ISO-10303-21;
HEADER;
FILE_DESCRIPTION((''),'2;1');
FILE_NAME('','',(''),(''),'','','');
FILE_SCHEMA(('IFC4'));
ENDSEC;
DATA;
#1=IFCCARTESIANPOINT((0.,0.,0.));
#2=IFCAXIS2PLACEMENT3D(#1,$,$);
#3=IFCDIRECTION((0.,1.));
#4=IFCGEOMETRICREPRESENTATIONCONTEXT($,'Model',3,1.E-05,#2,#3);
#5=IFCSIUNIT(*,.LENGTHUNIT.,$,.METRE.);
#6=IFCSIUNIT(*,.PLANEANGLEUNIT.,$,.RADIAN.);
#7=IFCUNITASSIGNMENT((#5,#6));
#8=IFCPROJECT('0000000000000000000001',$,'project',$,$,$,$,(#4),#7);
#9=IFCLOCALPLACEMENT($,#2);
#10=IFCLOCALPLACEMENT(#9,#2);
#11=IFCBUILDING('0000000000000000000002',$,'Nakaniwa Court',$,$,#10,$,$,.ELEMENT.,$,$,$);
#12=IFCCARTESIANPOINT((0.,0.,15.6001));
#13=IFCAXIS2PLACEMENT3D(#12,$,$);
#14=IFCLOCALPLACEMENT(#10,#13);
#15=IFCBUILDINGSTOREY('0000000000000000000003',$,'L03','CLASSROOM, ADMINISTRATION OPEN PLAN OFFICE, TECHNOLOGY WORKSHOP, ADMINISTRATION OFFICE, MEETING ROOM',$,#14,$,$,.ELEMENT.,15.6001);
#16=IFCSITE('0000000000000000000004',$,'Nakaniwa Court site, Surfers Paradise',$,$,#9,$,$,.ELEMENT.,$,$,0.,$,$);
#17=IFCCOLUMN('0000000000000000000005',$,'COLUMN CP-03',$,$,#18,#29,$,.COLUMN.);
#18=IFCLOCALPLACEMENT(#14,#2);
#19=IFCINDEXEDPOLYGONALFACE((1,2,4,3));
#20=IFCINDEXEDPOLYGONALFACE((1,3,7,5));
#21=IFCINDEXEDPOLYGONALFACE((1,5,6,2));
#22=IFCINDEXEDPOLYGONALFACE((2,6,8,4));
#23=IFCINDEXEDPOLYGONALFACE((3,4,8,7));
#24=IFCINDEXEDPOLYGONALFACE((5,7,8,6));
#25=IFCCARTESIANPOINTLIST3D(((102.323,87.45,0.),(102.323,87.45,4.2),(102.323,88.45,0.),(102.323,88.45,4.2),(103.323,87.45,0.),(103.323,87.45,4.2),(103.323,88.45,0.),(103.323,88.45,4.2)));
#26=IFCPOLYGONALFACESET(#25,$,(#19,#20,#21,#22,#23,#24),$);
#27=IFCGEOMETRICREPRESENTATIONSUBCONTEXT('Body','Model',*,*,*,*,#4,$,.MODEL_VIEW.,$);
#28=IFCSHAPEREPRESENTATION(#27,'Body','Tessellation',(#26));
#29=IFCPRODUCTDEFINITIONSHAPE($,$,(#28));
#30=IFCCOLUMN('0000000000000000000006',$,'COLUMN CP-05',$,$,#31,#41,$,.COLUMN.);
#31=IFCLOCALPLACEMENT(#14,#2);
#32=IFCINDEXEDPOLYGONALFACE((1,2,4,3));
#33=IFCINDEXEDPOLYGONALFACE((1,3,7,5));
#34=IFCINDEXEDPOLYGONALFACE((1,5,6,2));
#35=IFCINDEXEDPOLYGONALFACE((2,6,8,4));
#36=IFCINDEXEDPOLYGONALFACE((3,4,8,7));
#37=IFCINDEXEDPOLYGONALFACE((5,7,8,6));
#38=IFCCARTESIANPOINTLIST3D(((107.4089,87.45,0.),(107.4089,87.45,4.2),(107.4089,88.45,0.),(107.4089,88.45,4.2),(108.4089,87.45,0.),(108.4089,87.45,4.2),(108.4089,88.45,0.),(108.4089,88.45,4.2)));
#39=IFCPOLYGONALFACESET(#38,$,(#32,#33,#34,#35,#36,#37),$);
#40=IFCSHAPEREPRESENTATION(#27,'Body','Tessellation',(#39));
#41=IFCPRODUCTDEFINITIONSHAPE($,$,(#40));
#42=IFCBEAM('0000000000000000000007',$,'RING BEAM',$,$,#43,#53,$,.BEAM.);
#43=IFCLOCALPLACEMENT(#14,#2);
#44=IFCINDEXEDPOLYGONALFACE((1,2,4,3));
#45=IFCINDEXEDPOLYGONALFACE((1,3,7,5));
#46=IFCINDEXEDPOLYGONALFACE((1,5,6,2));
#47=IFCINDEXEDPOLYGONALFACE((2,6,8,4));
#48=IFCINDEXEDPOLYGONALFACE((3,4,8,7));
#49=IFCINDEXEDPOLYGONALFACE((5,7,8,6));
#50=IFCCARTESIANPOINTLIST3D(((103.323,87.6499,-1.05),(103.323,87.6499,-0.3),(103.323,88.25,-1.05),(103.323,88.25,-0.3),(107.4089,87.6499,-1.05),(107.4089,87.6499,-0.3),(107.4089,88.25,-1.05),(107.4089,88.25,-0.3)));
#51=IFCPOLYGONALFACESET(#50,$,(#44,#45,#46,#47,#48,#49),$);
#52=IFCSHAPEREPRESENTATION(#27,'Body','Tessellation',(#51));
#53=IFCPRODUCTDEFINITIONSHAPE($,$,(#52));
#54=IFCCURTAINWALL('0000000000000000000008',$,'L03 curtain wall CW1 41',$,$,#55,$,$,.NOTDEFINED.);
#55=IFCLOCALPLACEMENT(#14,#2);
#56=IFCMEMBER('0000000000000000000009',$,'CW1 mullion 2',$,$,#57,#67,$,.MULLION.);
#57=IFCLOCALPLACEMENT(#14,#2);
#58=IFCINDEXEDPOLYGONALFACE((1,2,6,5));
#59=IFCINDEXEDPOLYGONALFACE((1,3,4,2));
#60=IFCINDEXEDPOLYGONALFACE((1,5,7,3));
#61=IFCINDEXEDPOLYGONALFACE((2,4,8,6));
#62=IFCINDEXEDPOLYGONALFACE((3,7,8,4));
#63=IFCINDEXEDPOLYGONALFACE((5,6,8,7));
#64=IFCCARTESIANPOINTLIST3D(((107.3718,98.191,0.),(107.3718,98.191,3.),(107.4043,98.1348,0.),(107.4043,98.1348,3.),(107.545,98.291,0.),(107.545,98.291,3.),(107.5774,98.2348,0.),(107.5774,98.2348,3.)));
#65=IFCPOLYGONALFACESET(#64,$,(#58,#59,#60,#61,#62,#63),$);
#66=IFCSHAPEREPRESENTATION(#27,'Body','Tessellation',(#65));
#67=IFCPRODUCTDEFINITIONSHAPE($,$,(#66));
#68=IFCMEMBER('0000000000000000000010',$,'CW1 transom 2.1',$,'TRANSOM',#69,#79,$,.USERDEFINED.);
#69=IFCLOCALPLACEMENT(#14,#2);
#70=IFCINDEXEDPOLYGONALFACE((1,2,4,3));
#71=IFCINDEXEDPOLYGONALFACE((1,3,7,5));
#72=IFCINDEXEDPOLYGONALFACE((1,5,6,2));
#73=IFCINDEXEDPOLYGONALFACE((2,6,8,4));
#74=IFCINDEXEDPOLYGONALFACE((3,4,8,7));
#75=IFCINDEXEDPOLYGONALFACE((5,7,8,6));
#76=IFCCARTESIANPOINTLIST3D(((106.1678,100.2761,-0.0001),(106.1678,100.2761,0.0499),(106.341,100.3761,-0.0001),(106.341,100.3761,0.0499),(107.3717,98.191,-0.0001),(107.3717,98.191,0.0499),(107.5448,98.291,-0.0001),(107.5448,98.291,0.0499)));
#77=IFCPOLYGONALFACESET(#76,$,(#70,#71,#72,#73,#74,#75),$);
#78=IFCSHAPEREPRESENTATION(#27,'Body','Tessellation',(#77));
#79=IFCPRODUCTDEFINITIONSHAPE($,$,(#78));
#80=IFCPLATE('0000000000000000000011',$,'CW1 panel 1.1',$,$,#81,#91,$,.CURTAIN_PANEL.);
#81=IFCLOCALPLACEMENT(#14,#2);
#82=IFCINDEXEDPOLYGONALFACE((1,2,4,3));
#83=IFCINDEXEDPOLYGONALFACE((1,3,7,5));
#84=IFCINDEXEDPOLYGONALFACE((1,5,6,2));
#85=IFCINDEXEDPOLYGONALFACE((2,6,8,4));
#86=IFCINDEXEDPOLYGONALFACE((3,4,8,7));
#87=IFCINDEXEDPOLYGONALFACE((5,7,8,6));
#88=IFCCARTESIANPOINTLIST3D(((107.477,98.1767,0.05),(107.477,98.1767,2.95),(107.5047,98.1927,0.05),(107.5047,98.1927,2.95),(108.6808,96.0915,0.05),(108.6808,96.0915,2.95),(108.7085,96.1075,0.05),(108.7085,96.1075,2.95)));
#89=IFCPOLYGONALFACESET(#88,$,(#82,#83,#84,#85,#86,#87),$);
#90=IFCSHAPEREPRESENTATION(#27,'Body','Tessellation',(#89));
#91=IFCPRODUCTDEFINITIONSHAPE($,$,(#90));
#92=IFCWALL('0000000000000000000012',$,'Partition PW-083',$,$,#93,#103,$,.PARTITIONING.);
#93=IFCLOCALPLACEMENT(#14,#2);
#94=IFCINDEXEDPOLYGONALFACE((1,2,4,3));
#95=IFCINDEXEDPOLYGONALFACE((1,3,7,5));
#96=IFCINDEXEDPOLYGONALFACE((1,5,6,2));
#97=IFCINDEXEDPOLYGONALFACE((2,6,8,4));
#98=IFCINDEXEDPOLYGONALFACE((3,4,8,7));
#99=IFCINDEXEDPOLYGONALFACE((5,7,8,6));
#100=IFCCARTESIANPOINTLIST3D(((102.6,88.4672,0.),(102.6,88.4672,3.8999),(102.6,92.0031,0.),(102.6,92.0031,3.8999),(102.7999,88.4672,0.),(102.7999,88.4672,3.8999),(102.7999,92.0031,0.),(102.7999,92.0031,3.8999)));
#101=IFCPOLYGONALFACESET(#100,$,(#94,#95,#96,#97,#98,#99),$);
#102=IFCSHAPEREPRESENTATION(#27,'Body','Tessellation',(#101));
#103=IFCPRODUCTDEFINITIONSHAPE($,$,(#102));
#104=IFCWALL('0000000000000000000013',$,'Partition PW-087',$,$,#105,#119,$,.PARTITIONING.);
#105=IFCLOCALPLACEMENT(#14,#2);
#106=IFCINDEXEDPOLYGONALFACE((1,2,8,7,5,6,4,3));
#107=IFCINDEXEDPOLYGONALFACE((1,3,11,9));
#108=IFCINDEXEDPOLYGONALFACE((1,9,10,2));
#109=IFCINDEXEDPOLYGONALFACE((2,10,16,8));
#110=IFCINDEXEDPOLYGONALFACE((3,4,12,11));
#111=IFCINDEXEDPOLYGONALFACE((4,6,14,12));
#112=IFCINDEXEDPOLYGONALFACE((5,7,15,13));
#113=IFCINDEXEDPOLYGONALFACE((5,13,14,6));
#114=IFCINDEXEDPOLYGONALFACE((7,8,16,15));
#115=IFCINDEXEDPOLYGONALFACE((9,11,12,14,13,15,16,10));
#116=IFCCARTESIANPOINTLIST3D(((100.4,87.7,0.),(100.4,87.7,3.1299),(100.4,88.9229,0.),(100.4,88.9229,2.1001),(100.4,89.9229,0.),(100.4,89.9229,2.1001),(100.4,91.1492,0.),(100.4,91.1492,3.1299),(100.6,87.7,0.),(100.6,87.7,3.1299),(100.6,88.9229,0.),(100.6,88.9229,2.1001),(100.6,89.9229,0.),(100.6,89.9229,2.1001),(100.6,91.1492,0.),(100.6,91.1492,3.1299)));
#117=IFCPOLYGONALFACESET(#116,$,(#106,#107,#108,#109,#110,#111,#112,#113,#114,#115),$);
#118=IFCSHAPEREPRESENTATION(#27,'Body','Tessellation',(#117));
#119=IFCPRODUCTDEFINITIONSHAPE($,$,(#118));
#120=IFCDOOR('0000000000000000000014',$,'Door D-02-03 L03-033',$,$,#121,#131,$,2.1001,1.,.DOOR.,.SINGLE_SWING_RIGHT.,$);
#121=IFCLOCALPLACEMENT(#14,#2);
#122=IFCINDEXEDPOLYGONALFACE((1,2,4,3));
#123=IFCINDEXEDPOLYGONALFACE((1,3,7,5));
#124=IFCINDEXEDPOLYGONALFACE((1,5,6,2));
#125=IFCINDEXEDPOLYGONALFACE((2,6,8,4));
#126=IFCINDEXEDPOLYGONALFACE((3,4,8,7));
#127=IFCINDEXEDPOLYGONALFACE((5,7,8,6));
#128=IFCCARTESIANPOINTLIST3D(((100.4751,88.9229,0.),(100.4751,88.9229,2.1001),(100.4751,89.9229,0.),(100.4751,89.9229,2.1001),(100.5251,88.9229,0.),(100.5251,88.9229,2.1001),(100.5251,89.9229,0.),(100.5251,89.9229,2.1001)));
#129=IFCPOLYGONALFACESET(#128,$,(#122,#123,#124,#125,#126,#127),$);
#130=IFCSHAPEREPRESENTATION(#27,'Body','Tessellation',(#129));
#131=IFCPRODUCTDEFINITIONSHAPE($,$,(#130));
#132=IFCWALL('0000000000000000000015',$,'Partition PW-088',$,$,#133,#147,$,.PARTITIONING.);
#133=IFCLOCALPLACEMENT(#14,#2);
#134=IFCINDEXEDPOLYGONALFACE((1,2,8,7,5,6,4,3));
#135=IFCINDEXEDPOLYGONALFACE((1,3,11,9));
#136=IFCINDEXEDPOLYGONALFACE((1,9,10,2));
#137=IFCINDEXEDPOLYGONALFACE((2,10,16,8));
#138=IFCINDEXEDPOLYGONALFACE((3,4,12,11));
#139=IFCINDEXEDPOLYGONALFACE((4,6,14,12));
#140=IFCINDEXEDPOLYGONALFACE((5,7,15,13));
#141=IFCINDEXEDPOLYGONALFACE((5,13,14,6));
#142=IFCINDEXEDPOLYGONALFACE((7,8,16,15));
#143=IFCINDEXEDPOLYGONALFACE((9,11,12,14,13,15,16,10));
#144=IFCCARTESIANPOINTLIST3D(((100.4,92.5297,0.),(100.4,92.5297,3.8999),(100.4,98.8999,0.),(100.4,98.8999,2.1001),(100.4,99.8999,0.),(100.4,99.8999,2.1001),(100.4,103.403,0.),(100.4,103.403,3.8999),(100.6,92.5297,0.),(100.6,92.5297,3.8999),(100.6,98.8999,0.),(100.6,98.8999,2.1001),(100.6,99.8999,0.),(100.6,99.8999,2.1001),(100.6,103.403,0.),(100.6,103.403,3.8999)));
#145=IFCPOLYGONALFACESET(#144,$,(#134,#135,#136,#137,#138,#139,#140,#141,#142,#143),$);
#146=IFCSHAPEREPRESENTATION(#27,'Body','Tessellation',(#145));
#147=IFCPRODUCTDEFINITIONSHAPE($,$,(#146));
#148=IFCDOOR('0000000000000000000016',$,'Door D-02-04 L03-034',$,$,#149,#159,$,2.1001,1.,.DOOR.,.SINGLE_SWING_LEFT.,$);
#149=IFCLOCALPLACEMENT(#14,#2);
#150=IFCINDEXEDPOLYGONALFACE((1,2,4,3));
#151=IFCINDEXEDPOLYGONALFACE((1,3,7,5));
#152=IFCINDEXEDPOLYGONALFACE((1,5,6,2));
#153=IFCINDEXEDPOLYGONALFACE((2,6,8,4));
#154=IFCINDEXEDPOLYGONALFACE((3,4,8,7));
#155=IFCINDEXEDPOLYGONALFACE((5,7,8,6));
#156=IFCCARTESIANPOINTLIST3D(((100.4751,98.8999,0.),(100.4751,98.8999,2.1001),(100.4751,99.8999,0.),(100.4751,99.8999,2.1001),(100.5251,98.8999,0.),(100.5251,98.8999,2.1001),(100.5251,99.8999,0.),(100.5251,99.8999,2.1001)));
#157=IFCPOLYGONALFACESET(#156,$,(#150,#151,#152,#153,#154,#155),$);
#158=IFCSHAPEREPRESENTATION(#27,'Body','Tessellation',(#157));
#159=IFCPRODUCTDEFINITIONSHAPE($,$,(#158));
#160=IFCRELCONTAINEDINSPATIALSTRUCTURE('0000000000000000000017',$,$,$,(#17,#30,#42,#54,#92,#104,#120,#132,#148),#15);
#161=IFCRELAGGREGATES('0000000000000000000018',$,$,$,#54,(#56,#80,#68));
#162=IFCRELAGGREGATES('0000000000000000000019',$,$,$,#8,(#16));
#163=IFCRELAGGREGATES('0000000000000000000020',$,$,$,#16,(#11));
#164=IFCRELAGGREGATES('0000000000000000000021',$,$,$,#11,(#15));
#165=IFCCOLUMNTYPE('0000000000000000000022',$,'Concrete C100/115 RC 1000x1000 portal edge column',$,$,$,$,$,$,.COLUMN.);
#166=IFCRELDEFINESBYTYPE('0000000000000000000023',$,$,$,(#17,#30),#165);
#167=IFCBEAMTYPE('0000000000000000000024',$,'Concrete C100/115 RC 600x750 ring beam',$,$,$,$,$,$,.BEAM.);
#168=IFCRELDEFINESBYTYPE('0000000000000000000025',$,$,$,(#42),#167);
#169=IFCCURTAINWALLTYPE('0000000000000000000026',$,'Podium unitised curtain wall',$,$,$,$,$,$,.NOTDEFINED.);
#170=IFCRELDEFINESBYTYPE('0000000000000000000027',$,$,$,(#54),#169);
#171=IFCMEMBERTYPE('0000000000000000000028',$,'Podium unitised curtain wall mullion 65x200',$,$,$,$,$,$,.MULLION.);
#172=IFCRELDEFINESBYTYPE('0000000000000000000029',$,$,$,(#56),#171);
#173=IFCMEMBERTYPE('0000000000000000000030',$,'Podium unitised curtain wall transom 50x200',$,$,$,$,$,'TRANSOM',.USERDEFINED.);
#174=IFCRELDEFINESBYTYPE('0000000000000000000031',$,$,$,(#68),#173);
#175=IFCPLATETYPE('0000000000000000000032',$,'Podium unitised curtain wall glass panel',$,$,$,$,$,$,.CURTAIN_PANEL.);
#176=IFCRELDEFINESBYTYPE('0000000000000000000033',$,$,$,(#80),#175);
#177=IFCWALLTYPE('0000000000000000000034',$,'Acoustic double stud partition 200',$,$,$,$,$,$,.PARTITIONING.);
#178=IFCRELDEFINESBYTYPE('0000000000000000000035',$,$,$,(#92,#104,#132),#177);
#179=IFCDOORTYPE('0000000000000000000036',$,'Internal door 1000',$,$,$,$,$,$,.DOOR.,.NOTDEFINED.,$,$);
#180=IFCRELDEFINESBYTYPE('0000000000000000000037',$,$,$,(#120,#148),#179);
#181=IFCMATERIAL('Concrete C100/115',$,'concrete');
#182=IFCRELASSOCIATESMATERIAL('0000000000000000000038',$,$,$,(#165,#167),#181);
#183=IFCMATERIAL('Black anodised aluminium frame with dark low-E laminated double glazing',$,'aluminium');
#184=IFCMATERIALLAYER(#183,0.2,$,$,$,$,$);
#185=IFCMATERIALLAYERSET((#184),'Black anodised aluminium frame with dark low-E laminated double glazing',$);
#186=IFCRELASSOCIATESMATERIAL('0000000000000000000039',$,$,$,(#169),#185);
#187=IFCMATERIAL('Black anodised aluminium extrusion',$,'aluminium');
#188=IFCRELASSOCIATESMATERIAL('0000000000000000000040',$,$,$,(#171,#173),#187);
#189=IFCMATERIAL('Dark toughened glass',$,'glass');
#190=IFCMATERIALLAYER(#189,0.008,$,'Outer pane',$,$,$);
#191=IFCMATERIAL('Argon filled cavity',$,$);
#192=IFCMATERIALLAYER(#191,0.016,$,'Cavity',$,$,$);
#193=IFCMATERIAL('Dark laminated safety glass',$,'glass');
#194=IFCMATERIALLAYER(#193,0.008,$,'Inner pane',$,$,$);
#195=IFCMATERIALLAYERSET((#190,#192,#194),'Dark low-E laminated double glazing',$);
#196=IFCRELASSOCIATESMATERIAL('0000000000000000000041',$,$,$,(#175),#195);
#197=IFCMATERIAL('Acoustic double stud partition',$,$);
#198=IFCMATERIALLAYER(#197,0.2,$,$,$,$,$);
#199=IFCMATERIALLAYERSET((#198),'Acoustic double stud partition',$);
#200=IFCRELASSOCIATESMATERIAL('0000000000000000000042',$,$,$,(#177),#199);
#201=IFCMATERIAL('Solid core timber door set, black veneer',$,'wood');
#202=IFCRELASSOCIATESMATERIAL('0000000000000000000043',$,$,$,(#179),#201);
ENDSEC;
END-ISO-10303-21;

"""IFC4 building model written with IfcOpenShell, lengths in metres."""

from ifc_helpers import new_model, si_unit, direction, frame, frame_2d, origin, origin_2d, place, context, subcontext, project, spatial, rectangle, extrude, material, layer, layer_set, material_profile, profile_set, type_object, element, fill, aggregate, save


model = new_model("IFC4")

# Units and contexts
model_context = context("Model", 3, precision=1e-05, world=origin(), true_north=direction((0.0, 1.0)))
body_context = subcontext(model_context, "Body", "Model", "MODEL_VIEW")
ifc_project = project(units=[si_unit("LENGTHUNIT", "METRE"), si_unit("PLANEANGLEUNIT", "RADIAN")], contexts=[model_context])

# Site, building, storey
site_placement = place(None, origin())
site = spatial("IfcSite", under=ifc_project, at=site_placement, Name="Nakaniwa Court site, Surfers Paradise", CompositionType="ELEMENT", RefElevation=0.0)
building_placement = place(site_placement, origin())
building = spatial("IfcBuilding", under=site, at=building_placement, Name="Nakaniwa Court", CompositionType="ELEMENT")
storey_placement = place(building_placement, frame((0.0, 0.0, 15.6001)))
storey = spatial("IfcBuildingStorey", under=building, at=storey_placement, Name="L03", Description="CLASSROOM, ADMINISTRATION OPEN PLAN OFFICE, TECHNOLOGY WORKSHOP, ADMINISTRATION OFFICE, MEETING ROOM", CompositionType="ELEMENT", Elevation=15.6001)

# Columns
ifc_material_1 = material(Name="Concrete C100/115", Category="concrete")
ifc_material_profile_1 = material_profile(ifc_material_1, rectangle(XDim=1.0, YDim=1.0, at=origin_2d()), Name="Concrete C100/115 RC 1000x1000 portal edge column")
ifc_profile_set_1 = profile_set([ifc_material_profile_1], Name="Concrete C100/115")
column_type = type_object("IfcColumnType", Name="Concrete C100/115 RC 1000x1000 portal edge column", PredefinedType="COLUMN", material=ifc_profile_set_1)
for number, where, z_axis, x_axis, name in (
    (1, (102.823, 87.95, 0.0), (0.0, 0.0, 1.0), (1.0, 0.0, 0.0), "COLUMN CP-03"),
    (2, (107.9089, 87.95, 0.0), (0.0, 0.0, 1.0), (1.0, 0.0, 0.0), "COLUMN CP-05"),
):
    element("IfcColumn", number, at=place(storey_placement, frame(where, z_axis=z_axis, x_axis=x_axis)), inside=storey, type_object=column_type, Name=name, PredefinedType="COLUMN", context=body_context, shape_type="SweptSolid", body=[
        extrude(rectangle(XDim=1.0, YDim=1.0, at=origin_2d()), origin(), (0.0, 0.0, 1.0), 4.2),
    ])

# Beam
ifc_material_profile_2 = material_profile(ifc_material_1, rectangle(XDim=0.6001, YDim=0.75, at=origin_2d()), Name="Concrete C100/115 RC 600x750 ring beam")
ifc_profile_set_2 = profile_set([ifc_material_profile_2], Name="Concrete C100/115")
beam_type = type_object("IfcBeamType", Name="Concrete C100/115 RC 600x750 ring beam", PredefinedType="BEAM", material=ifc_profile_set_2)
beam_placement = place(storey_placement, frame((103.323, 87.95, -0.675), z_axis=(1.0, 0.0, 0.0), x_axis=(0.0, 1.0, 0.0)))
element("IfcBeam", 3, at=beam_placement, inside=storey, type_object=beam_type, Name="RING BEAM", PredefinedType="BEAM", context=body_context, shape_type="SweptSolid", body=[
    extrude(rectangle(XDim=0.6001, YDim=0.75, at=origin_2d()), origin(), (0.0, 0.0, 1.0), 4.0859),
])

# Curtain wall, members, plate
ifc_material_2 = material(Name="Black anodised aluminium frame with dark low-E laminated double glazing", Category="aluminium")
ifc_layer_1 = layer(ifc_material_2, 0.2)
ifc_layer_set_1 = layer_set([ifc_layer_1], Name="Black anodised aluminium frame with dark low-E laminated double glazing")
curtain_wall_type = type_object("IfcCurtainWallType", Name="Podium unitised curtain wall", PredefinedType="NOTDEFINED", material=ifc_layer_set_1)
curtain_wall_placement = place(storey_placement, origin())
curtain_wall = element("IfcCurtainWall", 4, at=curtain_wall_placement, inside=storey, type_object=curtain_wall_type, Name="L03 curtain wall CW1 41", PredefinedType="NOTDEFINED")
ifc_material_3 = material(Name="Black anodised aluminium extrusion", Category="aluminium")
ifc_material_profile_3 = material_profile(ifc_material_3, rectangle(XDim=0.2, YDim=0.0649, at=origin_2d()), Name="Podium unitised curtain wall mullion 65x200")
ifc_profile_set_3 = profile_set([ifc_material_profile_3], Name="Black anodised aluminium extrusion")
member_type_1 = type_object("IfcMemberType", Name="Podium unitised curtain wall mullion 65x200", PredefinedType="MULLION", material=ifc_profile_set_3)
member_1_placement = place(storey_placement, frame((107.4746, 98.2129, 0.0), z_axis=(0.0, 0.0, 1.0), x_axis=(-0.866029, -0.499994, 0.0)))
member_1 = element("IfcMember", 5, at=member_1_placement, type_object=member_type_1, Name="CW1 mullion 2", PredefinedType="MULLION", context=body_context, shape_type="SweptSolid", body=[
    extrude(rectangle(XDim=0.2, YDim=0.0649, at=origin_2d()), origin(), (0.0, 0.0, 1.0), 3.0),
])
ifc_material_profile_4 = material_profile(ifc_material_3, rectangle(XDim=0.2, YDim=0.05, at=origin_2d()), Name="Podium unitised curtain wall transom 50x200")
ifc_profile_set_4 = profile_set([ifc_material_profile_4], Name="Black anodised aluminium extrusion")
member_type_2 = type_object("IfcMemberType", Name="Podium unitised curtain wall transom 50x200", ElementType="TRANSOM", PredefinedType="USERDEFINED", material=ifc_profile_set_4)
member_2_placement = place(storey_placement, frame((107.4583, 98.241, 0.0249), z_axis=(-0.499989, 0.866032, 0.0), x_axis=(-0.866032, -0.499989, 0.0)))
member_2 = element("IfcMember", 6, at=member_2_placement, type_object=member_type_2, Name="CW1 transom 2.1", ObjectType="TRANSOM", PredefinedType="USERDEFINED", context=body_context, shape_type="SweptSolid", body=[
    extrude(rectangle(XDim=0.2, YDim=0.05, at=origin_2d()), origin(), (0.0, 0.0, 1.0), 2.4077),
])
ifc_material_4 = material(Name="Dark toughened glass", Category="glass")
ifc_layer_2 = layer(ifc_material_4, 0.008, Name="Outer pane")
ifc_material_5 = material(Name="Argon filled cavity")
ifc_layer_3 = layer(ifc_material_5, 0.016, Name="Cavity")
ifc_material_6 = material(Name="Dark laminated safety glass", Category="glass")
ifc_layer_4 = layer(ifc_material_6, 0.008, Name="Inner pane")
ifc_layer_set_2 = layer_set([ifc_layer_2, ifc_layer_3, ifc_layer_4], Name="Dark low-E laminated double glazing")
plate_type = type_object("IfcPlateType", Name="Podium unitised curtain wall glass panel", PredefinedType="CURTAIN_PANEL", material=ifc_layer_set_2)
plate_placement = place(storey_placement, frame((108.0928, 97.1421, 0.05), z_axis=(0.0, 0.0, 1.0), x_axis=(-0.499994, 0.866029, 0.0)))
plate = element("IfcPlate", 7, at=plate_placement, type_object=plate_type, Name="CW1 panel 1.1", PredefinedType="CURTAIN_PANEL", context=body_context, shape_type="SweptSolid", body=[
    extrude(rectangle(XDim=2.4077, YDim=0.032, at=origin_2d()), origin(), (0.0, 0.0, 1.0), 2.8999),
])
aggregate(curtain_wall, [member_1, plate, member_2])

# Wall
ifc_material_7 = material(Name="Acoustic double stud partition")
ifc_layer_5 = layer(ifc_material_7, 0.2)
ifc_layer_set_3 = layer_set([ifc_layer_5], Name="Acoustic double stud partition")
wall_type_1 = type_object("IfcWallType", Name="Acoustic double stud partition 200", PredefinedType="PARTITIONING", material=ifc_layer_set_3)
wall_1_placement = place(storey_placement, frame((102.7, 88.467, 0.0), z_axis=(0.0, 0.0, 1.0), x_axis=(0.0, 1.0, 0.0)))
element("IfcWall", 8, at=wall_1_placement, inside=storey, type_object=wall_type_1, Name="Partition PW-083", PredefinedType="PARTITIONING", context=body_context, shape_type="SweptSolid", body=[
    extrude(rectangle(XDim=3.5359, YDim=0.2, at=frame_2d((1.7681, 0.0))), origin(), (0.0, 0.0, 1.0), 3.8999),
])

# Walls, openings, doors
wall_2_placement = place(storey_placement, frame((100.5, 87.7, 0.0), z_axis=(0.0, 0.0, 1.0), x_axis=(0.0, 1.0, 0.0)))
wall_2 = element("IfcWall", 9, at=wall_2_placement, inside=storey, type_object=wall_type_1, Name="Partition PW-087", PredefinedType="PARTITIONING", context=body_context, shape_type="SweptSolid", body=[
    extrude(rectangle(XDim=3.4492, YDim=0.2, at=frame_2d((1.7246, 0.0))), origin(), (0.0, 0.0, 1.0), 3.1299),
])
opening_1_placement = place(wall_2_placement, frame((1.2229, 0.0, 0.0)))
opening_1 = element("IfcOpeningElement", 10, at=opening_1_placement, cuts=wall_2, PredefinedType="OPENING", context=body_context, shape_type="SweptSolid", body=[
    extrude(rectangle(XDim=1.0, YDim=2.1001, at=frame_2d((0.5, 1.05))), frame((0.0, 0.1099, 0.0), z_axis=(0.0, -1.0, 0.0), x_axis=(1.0, 0.0, 0.0)), (0.0, 0.0, 1.0), 0.22),
])
ifc_material_8 = material(Name="Solid core timber door set, black veneer", Category="wood")
door_type_1 = type_object("IfcDoorType", Name="Internal door 1000", OperationType="NOTDEFINED", PredefinedType="DOOR", material=ifc_material_8)
door_1_placement = place(opening_1_placement, origin())
door_1 = element("IfcDoor", 11, at=door_1_placement, inside=storey, type_object=door_type_1, Name="Door D-02-03 L03-033", OperationType="SINGLE_SWING_RIGHT", OverallHeight=2.1001, OverallWidth=1.0, PredefinedType="DOOR", context=body_context, shape_type="SweptSolid", body=[
    extrude(rectangle(XDim=1.0, YDim=2.1001, at=frame_2d((0.5, 1.05))), frame((0.0, 0.0249, 0.0), z_axis=(0.0, -1.0, 0.0), x_axis=(1.0, 0.0, 0.0)), (0.0, 0.0, 1.0), 0.05),
])
fill(opening_1, door_1)
wall_3_placement = place(storey_placement, frame((100.5, 92.5298, 0.0), z_axis=(0.0, 0.0, 1.0), x_axis=(0.0, 1.0, 0.0)))
wall_3 = element("IfcWall", 12, at=wall_3_placement, inside=storey, type_object=wall_type_1, Name="Partition PW-088", PredefinedType="PARTITIONING", context=body_context, shape_type="SweptSolid", body=[
    extrude(rectangle(XDim=10.8733, YDim=0.2, at=frame_2d((5.4365, 0.0))), origin(), (0.0, 0.0, 1.0), 3.8999),
])
opening_2_placement = place(wall_3_placement, frame((6.3701, 0.0, 0.0)))
opening_2 = element("IfcOpeningElement", 13, at=opening_2_placement, cuts=wall_3, PredefinedType="OPENING", context=body_context, shape_type="SweptSolid", body=[
    extrude(rectangle(XDim=1.0, YDim=2.1001, at=frame_2d((0.5, 1.05))), frame((0.0, 0.1099, 0.0), z_axis=(0.0, -1.0, 0.0), x_axis=(1.0, 0.0, 0.0)), (0.0, 0.0, 1.0), 0.22),
])
door_2_placement = place(opening_2_placement, origin())
door_2 = element("IfcDoor", 14, at=door_2_placement, inside=storey, type_object=door_type_1, Name="Door D-02-04 L03-034", OperationType="SINGLE_SWING_LEFT", OverallHeight=2.1001, OverallWidth=1.0, PredefinedType="DOOR", context=body_context, shape_type="SweptSolid", body=[
    extrude(rectangle(XDim=1.0, YDim=2.1001, at=frame_2d((0.5, 1.05))), frame((0.0, 0.0249, 0.0), z_axis=(0.0, -1.0, 0.0), x_axis=(1.0, 0.0, 0.0)), (0.0, 0.0, 1.0), 0.05),
])
fill(opening_2, door_2)

save(model, "model.ifc")
